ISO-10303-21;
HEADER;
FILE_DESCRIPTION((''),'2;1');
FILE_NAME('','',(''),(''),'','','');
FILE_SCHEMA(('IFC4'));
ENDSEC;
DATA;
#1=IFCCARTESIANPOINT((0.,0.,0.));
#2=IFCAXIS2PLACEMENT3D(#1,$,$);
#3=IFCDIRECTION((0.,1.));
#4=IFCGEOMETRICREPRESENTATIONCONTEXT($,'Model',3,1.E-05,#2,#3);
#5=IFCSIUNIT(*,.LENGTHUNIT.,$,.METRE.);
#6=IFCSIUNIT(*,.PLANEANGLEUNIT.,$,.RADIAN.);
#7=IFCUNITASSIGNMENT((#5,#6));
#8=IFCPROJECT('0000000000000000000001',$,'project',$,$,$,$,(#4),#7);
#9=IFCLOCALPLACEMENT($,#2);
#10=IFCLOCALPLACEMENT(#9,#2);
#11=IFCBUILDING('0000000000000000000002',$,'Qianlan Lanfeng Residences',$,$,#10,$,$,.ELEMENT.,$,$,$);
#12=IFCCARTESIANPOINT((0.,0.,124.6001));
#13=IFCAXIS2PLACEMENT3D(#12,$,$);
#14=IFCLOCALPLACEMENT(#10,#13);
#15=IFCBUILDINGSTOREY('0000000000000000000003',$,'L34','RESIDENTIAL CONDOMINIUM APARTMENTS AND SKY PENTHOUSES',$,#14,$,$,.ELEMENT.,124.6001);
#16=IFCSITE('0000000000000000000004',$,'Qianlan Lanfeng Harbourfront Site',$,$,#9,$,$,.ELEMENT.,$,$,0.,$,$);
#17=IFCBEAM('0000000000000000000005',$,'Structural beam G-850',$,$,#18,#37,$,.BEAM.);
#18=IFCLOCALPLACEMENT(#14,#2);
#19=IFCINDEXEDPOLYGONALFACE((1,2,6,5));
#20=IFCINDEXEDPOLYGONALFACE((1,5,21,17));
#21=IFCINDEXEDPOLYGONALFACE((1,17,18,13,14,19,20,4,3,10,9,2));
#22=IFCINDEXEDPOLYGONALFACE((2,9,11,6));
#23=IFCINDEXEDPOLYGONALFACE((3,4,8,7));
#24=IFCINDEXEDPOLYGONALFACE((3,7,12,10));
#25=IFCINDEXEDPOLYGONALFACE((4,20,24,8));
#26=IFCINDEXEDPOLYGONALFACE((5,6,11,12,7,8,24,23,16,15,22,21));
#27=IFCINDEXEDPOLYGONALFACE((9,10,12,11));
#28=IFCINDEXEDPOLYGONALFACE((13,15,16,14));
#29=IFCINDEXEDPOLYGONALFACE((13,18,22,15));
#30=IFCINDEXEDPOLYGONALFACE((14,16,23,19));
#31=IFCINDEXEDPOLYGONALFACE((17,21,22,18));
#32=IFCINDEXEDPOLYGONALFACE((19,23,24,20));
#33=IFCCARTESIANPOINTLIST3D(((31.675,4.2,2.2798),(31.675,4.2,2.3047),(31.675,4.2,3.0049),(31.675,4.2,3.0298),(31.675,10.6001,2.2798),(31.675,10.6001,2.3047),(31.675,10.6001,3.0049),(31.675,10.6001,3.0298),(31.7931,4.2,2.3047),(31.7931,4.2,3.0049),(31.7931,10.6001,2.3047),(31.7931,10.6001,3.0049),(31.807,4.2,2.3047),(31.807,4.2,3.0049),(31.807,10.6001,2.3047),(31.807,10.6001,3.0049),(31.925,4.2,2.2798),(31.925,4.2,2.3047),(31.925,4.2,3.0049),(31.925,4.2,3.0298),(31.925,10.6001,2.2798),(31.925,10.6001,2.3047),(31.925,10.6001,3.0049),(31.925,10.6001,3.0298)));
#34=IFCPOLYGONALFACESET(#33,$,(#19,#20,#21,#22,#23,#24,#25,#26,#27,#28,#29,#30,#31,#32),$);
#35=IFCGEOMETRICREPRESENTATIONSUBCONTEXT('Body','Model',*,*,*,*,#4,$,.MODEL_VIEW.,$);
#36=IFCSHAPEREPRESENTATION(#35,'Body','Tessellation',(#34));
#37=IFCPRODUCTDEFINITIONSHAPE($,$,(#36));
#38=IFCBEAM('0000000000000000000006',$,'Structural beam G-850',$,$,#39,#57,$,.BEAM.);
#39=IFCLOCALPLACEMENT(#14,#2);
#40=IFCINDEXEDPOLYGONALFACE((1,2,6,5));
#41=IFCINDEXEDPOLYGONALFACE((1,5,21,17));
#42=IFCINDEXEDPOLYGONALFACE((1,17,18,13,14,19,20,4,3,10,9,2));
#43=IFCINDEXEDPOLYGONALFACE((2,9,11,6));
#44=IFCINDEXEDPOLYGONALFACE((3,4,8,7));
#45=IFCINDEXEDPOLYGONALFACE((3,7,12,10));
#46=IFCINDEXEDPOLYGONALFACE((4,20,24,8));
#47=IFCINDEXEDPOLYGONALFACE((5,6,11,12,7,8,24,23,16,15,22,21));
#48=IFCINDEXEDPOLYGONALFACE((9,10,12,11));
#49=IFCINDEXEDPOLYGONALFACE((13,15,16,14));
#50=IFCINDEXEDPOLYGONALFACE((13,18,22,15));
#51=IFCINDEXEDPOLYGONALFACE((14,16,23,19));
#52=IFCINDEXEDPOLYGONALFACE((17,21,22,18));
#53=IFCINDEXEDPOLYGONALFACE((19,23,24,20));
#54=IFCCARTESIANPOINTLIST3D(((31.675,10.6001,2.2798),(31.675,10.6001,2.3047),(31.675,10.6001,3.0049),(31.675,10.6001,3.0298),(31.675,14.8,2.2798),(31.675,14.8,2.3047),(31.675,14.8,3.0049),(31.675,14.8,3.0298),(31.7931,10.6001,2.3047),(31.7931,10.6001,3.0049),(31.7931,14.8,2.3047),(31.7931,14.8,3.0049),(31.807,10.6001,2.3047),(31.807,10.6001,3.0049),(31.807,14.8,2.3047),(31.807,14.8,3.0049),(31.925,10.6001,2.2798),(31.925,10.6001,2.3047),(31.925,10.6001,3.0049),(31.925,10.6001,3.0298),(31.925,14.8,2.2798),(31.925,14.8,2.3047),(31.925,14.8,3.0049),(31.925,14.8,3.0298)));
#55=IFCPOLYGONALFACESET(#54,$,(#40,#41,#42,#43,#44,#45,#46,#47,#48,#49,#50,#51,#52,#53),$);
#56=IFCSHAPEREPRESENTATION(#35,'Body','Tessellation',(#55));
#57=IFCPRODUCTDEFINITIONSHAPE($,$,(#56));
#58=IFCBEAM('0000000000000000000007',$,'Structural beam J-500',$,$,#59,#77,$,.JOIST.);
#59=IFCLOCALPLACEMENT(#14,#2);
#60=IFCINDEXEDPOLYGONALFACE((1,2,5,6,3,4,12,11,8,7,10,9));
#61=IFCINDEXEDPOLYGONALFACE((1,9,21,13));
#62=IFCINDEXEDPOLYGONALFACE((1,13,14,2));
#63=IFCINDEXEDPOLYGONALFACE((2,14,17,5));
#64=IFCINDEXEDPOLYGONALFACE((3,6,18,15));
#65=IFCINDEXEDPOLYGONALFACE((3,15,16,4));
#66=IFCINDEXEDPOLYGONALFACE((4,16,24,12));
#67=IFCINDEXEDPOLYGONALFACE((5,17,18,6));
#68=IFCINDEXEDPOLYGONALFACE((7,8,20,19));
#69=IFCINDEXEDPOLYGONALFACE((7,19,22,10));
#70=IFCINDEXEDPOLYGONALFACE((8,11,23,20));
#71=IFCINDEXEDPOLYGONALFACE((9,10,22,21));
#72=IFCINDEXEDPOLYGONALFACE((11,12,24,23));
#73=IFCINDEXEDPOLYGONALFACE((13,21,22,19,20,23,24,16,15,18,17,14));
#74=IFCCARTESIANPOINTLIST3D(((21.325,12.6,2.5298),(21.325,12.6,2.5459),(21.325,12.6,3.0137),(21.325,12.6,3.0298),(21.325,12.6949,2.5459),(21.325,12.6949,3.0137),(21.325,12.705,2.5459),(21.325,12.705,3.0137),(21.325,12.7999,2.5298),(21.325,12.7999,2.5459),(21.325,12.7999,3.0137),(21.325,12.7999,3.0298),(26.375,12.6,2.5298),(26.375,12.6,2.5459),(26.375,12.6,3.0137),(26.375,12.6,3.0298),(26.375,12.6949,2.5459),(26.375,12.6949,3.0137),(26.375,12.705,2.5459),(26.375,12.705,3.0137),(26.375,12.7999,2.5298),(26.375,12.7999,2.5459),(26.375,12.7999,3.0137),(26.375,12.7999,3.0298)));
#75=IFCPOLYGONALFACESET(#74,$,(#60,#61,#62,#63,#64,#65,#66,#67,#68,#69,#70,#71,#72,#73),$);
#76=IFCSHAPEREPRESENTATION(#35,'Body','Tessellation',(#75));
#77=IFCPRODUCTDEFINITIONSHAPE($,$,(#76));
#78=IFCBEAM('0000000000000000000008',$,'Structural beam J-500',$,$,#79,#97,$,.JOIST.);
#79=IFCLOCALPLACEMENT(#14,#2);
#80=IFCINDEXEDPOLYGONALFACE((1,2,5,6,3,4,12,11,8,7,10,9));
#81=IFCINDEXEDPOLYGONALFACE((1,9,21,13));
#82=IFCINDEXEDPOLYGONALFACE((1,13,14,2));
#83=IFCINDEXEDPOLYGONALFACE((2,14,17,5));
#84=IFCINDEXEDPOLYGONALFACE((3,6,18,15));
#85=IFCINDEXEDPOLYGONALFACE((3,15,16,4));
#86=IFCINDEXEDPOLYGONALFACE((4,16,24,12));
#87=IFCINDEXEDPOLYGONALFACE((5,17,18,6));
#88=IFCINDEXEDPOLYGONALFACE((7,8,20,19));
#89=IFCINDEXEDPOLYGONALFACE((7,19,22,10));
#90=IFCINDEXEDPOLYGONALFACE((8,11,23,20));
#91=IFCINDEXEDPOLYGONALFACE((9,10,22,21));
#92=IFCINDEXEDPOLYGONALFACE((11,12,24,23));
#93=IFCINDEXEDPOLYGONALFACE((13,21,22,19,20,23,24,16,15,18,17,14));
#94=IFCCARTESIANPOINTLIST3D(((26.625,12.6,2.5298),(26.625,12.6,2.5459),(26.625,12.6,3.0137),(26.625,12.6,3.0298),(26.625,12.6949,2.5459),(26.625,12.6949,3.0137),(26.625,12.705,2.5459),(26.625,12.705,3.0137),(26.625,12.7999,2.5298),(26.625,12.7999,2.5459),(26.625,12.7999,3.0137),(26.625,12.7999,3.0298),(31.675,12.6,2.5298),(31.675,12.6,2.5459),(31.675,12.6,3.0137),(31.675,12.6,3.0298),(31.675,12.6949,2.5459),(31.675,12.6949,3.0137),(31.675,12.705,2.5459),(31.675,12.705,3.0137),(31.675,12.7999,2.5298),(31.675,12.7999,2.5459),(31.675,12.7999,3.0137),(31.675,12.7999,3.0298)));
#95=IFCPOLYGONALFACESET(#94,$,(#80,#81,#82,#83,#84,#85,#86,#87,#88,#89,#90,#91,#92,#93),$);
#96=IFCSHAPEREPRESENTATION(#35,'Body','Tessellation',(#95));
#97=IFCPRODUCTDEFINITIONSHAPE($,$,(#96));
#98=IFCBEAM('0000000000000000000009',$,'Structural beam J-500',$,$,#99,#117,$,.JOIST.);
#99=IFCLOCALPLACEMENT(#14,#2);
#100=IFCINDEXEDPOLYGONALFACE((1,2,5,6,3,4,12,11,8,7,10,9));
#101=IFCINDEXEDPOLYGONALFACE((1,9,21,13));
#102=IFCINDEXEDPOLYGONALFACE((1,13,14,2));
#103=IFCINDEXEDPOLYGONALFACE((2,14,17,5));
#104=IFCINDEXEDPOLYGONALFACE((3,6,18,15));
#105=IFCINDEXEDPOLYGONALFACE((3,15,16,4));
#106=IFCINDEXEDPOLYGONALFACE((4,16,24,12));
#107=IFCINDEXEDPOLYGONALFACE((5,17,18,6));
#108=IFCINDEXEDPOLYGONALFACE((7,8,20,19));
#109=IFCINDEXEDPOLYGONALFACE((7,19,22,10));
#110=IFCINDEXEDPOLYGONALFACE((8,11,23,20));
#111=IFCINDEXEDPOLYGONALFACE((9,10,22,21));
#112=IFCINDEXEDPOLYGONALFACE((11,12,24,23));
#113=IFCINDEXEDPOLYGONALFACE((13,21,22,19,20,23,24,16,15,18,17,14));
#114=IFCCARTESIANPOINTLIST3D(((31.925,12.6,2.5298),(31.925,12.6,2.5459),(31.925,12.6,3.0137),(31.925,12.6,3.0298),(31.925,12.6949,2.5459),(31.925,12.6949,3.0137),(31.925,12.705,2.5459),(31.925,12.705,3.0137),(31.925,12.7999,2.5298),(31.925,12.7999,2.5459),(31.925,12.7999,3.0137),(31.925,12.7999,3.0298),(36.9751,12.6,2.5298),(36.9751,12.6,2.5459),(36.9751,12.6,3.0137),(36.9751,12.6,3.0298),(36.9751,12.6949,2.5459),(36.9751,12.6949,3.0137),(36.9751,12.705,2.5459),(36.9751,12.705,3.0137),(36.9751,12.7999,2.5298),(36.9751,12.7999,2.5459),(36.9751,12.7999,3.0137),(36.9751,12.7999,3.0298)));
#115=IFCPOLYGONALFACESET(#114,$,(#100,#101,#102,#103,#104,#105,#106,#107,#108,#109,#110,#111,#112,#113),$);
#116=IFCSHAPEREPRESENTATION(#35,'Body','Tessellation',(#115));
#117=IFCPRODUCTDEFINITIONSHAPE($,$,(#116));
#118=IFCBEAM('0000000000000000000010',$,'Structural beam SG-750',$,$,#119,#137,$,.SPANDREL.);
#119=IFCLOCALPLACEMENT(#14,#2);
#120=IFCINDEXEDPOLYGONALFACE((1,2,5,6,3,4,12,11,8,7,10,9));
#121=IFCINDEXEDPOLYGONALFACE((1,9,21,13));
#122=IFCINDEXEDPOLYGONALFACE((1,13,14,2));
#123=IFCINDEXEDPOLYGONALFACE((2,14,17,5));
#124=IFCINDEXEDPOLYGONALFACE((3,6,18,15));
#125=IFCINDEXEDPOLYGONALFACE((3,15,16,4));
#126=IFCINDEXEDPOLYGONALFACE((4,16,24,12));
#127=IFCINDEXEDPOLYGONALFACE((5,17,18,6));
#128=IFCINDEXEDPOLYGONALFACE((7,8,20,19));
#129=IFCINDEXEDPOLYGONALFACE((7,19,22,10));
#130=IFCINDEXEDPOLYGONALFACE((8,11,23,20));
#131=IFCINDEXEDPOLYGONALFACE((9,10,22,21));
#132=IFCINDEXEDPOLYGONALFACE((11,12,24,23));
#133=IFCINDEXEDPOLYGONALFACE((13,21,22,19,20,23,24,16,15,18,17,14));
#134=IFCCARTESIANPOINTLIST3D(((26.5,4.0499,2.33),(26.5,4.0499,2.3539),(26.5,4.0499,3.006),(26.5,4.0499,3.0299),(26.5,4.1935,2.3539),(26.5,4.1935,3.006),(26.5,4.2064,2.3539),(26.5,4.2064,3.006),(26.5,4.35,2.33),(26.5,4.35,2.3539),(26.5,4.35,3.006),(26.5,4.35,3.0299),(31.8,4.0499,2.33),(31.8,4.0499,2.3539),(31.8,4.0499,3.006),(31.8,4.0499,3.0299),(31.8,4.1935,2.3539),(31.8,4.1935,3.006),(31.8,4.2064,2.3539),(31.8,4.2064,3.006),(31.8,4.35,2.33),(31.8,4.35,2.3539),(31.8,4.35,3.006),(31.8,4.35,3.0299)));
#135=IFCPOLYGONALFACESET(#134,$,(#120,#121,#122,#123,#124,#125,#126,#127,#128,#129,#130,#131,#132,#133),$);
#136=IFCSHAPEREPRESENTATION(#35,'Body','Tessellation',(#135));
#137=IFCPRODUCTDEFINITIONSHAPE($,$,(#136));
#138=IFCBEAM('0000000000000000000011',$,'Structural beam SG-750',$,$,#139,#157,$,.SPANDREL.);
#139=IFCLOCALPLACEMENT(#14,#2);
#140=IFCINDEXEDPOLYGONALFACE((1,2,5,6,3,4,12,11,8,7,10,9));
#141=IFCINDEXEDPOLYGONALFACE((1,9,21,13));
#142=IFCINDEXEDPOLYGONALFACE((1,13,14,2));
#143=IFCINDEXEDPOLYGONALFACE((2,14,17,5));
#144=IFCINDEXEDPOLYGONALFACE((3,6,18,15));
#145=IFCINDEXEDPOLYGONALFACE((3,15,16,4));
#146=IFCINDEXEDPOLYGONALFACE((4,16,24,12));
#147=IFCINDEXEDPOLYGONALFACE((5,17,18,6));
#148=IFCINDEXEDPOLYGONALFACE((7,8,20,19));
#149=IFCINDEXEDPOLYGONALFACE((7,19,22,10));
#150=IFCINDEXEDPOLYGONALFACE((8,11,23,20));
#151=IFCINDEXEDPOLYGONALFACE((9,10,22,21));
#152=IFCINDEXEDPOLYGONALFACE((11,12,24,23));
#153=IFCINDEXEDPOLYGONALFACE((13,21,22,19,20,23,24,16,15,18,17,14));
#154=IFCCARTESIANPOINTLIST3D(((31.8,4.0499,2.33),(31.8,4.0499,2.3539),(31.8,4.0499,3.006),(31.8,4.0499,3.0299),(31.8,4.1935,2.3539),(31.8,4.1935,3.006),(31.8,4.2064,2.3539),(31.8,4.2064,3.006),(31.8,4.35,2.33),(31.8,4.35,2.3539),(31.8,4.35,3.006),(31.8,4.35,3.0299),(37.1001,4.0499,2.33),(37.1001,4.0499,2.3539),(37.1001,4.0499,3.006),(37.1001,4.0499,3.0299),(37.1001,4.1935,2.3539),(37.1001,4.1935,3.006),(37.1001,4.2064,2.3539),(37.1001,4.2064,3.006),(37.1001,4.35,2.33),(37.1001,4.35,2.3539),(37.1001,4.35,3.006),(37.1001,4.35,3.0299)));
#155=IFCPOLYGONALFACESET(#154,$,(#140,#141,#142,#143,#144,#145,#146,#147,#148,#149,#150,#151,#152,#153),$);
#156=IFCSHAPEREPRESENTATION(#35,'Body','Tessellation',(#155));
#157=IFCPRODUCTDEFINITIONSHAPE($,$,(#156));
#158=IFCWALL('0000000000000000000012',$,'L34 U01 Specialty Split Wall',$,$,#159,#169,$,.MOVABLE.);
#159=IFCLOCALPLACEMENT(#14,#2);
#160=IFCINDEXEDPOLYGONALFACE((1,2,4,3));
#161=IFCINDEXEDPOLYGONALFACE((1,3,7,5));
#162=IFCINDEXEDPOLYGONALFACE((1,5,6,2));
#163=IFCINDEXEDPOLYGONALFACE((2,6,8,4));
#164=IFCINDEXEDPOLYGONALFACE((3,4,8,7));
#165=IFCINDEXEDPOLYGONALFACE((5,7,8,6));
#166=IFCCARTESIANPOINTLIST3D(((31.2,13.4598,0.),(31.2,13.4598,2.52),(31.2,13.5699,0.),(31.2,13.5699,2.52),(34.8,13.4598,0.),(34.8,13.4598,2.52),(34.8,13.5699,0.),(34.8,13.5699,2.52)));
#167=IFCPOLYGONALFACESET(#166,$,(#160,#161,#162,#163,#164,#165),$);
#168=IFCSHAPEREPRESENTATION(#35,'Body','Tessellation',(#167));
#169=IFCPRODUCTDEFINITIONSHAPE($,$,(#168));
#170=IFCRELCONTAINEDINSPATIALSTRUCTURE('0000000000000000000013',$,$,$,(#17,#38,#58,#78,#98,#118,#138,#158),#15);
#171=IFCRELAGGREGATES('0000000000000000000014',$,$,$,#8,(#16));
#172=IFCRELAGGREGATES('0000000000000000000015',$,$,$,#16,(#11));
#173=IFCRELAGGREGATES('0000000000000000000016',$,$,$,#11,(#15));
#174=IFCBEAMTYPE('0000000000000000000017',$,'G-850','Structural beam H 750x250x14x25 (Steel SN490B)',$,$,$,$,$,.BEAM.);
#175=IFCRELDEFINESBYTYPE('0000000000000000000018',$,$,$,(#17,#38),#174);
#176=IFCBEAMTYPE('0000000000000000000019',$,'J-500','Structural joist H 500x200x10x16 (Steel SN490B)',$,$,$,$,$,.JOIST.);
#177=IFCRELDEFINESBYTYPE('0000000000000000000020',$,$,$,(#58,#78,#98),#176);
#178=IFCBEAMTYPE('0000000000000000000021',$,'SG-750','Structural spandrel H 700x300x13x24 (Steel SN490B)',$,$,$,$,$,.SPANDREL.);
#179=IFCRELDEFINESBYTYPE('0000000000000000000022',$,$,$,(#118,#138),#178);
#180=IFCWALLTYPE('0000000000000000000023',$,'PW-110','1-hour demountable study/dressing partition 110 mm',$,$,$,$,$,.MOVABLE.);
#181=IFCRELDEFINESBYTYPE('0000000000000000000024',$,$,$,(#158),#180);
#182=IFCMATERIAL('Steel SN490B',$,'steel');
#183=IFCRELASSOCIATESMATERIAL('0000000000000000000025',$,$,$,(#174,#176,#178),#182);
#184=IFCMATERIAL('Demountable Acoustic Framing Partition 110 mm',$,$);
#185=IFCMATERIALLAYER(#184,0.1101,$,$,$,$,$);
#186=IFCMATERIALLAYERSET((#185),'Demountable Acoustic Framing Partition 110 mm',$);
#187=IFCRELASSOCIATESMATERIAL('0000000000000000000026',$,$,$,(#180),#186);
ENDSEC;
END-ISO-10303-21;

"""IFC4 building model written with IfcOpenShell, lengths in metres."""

from ifc_helpers import new_model, si_unit, direction, frame, frame_2d, origin, origin_2d, place, context, subcontext, project, spatial, rectangle, i_section, extrude, material, layer, layer_set, material_profile, profile_set, type_object, element, save


model = new_model("IFC4")

# Units and contexts
model_context = context("Model", 3, precision=1e-05, world=origin(), true_north=direction((0.0, 1.0)))
body_context = subcontext(model_context, "Body", "Model", "MODEL_VIEW")
ifc_project = project(units=[si_unit("LENGTHUNIT", "METRE"), si_unit("PLANEANGLEUNIT", "RADIAN")], contexts=[model_context])

# Site, building, storey
site_placement = place(None, origin())
site = spatial("IfcSite", under=ifc_project, at=site_placement, Name="Qianlan Lanfeng Harbourfront Site", CompositionType="ELEMENT", RefElevation=0.0)
building_placement = place(site_placement, origin())
building = spatial("IfcBuilding", under=site, at=building_placement, Name="Qianlan Lanfeng Residences", CompositionType="ELEMENT")
storey_placement = place(building_placement, frame((0.0, 0.0, 124.6001)))
storey = spatial("IfcBuildingStorey", under=building, at=storey_placement, Name="L34", Description="RESIDENTIAL CONDOMINIUM APARTMENTS AND SKY PENTHOUSES", CompositionType="ELEMENT", Elevation=124.6001)

# Shared definitions
ifc_material_1 = material(Name="Steel SN490B", Category="steel")

# Beams
ifc_material_profile_1 = material_profile(ifc_material_1, i_section(OverallWidth=0.25, OverallDepth=0.75, WebThickness=0.0139, FlangeThickness=0.0249, at=origin_2d()), Name="H 750x250x14x25")
ifc_profile_set_1 = profile_set([ifc_material_profile_1], Name="Steel SN490B")
beam_type_1 = type_object("IfcBeamType", Name="G-850", Description="Structural beam H 750x250x14x25 (Steel SN490B)", PredefinedType="BEAM", material=ifc_profile_set_1)
beam_1_placement = place(storey_placement, frame((31.8, 4.2, 2.6548), z_axis=(0.0, 1.0, 0.0), x_axis=(-1.0, 0.0, 0.0)))
element("IfcBeam", 1, at=beam_1_placement, inside=storey, type_object=beam_type_1, Name="Structural beam G-850", PredefinedType="BEAM", context=body_context, shape_type="SweptSolid", body=[
    extrude(i_section(OverallWidth=0.25, OverallDepth=0.75, WebThickness=0.0139, FlangeThickness=0.0249, at=origin_2d()), origin(), (0.0, 0.0, 1.0), 6.4001),
])
beam_2_placement = place(storey_placement, frame((31.8, 10.6001, 2.6548), z_axis=(0.0, 1.0, 0.0), x_axis=(-1.0, 0.0, 0.0)))
element("IfcBeam", 2, at=beam_2_placement, inside=storey, type_object=beam_type_1, Name="Structural beam G-850", PredefinedType="BEAM", context=body_context, shape_type="SweptSolid", body=[
    extrude(i_section(OverallWidth=0.25, OverallDepth=0.75, WebThickness=0.0139, FlangeThickness=0.0249, at=origin_2d()), origin(), (0.0, 0.0, 1.0), 4.2),
])
ifc_material_profile_2 = material_profile(ifc_material_1, i_section(OverallWidth=0.2, OverallDepth=0.5, WebThickness=0.01, FlangeThickness=0.0161, at=origin_2d()), Name="H 500x200x10x16")
ifc_profile_set_2 = profile_set([ifc_material_profile_2], Name="Steel SN490B")
beam_type_2 = type_object("IfcBeamType", Name="J-500", Description="Structural joist H 500x200x10x16 (Steel SN490B)", PredefinedType="JOIST", material=ifc_profile_set_2)
for number, where, z_axis, x_axis, name in (
    (3, (21.325, 12.7, 2.7798), (1.0, 0.0, 0.0), (0.0, 1.0, 0.0), "Structural beam J-500"),
    (4, (26.625, 12.7, 2.7798), (1.0, 0.0, 0.0), (0.0, 1.0, 0.0), "Structural beam J-500"),
    (5, (31.925, 12.7, 2.7798), (1.0, 0.0, 0.0), (0.0, 1.0, 0.0), "Structural beam J-500"),
):
    element("IfcBeam", number, at=place(storey_placement, frame(where, z_axis=z_axis, x_axis=x_axis)), inside=storey, type_object=beam_type_2, Name=name, PredefinedType="JOIST", context=body_context, shape_type="SweptSolid", body=[
        extrude(i_section(OverallWidth=0.2, OverallDepth=0.5, WebThickness=0.01, FlangeThickness=0.0161, at=origin_2d()), origin(), (0.0, 0.0, 1.0), 5.05),
    ])
ifc_material_profile_3 = material_profile(ifc_material_1, i_section(OverallWidth=0.3, OverallDepth=0.7, WebThickness=0.0129, FlangeThickness=0.0239, at=origin_2d()), Name="H 700x300x13x24")
ifc_profile_set_3 = profile_set([ifc_material_profile_3], Name="Steel SN490B")
beam_type_3 = type_object("IfcBeamType", Name="SG-750", Description="Structural spandrel H 700x300x13x24 (Steel SN490B)", PredefinedType="SPANDREL", material=ifc_profile_set_3)
for number, where, z_axis, x_axis, name in (
    (6, (26.5, 4.2, 2.6799), (1.0, 0.0, 0.0), (0.0, 1.0, 0.0), "Structural beam SG-750"),
    (7, (31.8, 4.2, 2.6799), (1.0, 0.0, 0.0), (0.0, 1.0, 0.0), "Structural beam SG-750"),
):
    element("IfcBeam", number, at=place(storey_placement, frame(where, z_axis=z_axis, x_axis=x_axis)), inside=storey, type_object=beam_type_3, Name=name, PredefinedType="SPANDREL", context=body_context, shape_type="SweptSolid", body=[
        extrude(i_section(OverallWidth=0.3, OverallDepth=0.7, WebThickness=0.0129, FlangeThickness=0.0239, at=origin_2d()), origin(), (0.0, 0.0, 1.0), 5.3),
    ])

# Wall
ifc_material_2 = material(Name="Demountable Acoustic Framing Partition 110 mm")
ifc_layer_1 = layer(ifc_material_2, 0.1101)
ifc_layer_set_1 = layer_set([ifc_layer_1], Name="Demountable Acoustic Framing Partition 110 mm")
wall_type_1 = type_object("IfcWallType", Name="PW-110", Description="1-hour demountable study/dressing partition 110 mm", PredefinedType="MOVABLE", material=ifc_layer_set_1)
wall_1_placement = place(storey_placement, frame((31.2, 13.5149, 0.0), z_axis=(0.0, 0.0, 1.0), x_axis=(1.0, 0.0, 0.0)))
element("IfcWall", 8, at=wall_1_placement, inside=storey, type_object=wall_type_1, Name="L34 U01 Specialty Split Wall", PredefinedType="MOVABLE", context=body_context, shape_type="SweptSolid", body=[
    extrude(rectangle(XDim=3.6001, YDim=0.1101, at=frame_2d((1.8, 0.0))), origin(), (0.0, 0.0, 1.0), 2.52),
])

save(model, "model.ifc")
